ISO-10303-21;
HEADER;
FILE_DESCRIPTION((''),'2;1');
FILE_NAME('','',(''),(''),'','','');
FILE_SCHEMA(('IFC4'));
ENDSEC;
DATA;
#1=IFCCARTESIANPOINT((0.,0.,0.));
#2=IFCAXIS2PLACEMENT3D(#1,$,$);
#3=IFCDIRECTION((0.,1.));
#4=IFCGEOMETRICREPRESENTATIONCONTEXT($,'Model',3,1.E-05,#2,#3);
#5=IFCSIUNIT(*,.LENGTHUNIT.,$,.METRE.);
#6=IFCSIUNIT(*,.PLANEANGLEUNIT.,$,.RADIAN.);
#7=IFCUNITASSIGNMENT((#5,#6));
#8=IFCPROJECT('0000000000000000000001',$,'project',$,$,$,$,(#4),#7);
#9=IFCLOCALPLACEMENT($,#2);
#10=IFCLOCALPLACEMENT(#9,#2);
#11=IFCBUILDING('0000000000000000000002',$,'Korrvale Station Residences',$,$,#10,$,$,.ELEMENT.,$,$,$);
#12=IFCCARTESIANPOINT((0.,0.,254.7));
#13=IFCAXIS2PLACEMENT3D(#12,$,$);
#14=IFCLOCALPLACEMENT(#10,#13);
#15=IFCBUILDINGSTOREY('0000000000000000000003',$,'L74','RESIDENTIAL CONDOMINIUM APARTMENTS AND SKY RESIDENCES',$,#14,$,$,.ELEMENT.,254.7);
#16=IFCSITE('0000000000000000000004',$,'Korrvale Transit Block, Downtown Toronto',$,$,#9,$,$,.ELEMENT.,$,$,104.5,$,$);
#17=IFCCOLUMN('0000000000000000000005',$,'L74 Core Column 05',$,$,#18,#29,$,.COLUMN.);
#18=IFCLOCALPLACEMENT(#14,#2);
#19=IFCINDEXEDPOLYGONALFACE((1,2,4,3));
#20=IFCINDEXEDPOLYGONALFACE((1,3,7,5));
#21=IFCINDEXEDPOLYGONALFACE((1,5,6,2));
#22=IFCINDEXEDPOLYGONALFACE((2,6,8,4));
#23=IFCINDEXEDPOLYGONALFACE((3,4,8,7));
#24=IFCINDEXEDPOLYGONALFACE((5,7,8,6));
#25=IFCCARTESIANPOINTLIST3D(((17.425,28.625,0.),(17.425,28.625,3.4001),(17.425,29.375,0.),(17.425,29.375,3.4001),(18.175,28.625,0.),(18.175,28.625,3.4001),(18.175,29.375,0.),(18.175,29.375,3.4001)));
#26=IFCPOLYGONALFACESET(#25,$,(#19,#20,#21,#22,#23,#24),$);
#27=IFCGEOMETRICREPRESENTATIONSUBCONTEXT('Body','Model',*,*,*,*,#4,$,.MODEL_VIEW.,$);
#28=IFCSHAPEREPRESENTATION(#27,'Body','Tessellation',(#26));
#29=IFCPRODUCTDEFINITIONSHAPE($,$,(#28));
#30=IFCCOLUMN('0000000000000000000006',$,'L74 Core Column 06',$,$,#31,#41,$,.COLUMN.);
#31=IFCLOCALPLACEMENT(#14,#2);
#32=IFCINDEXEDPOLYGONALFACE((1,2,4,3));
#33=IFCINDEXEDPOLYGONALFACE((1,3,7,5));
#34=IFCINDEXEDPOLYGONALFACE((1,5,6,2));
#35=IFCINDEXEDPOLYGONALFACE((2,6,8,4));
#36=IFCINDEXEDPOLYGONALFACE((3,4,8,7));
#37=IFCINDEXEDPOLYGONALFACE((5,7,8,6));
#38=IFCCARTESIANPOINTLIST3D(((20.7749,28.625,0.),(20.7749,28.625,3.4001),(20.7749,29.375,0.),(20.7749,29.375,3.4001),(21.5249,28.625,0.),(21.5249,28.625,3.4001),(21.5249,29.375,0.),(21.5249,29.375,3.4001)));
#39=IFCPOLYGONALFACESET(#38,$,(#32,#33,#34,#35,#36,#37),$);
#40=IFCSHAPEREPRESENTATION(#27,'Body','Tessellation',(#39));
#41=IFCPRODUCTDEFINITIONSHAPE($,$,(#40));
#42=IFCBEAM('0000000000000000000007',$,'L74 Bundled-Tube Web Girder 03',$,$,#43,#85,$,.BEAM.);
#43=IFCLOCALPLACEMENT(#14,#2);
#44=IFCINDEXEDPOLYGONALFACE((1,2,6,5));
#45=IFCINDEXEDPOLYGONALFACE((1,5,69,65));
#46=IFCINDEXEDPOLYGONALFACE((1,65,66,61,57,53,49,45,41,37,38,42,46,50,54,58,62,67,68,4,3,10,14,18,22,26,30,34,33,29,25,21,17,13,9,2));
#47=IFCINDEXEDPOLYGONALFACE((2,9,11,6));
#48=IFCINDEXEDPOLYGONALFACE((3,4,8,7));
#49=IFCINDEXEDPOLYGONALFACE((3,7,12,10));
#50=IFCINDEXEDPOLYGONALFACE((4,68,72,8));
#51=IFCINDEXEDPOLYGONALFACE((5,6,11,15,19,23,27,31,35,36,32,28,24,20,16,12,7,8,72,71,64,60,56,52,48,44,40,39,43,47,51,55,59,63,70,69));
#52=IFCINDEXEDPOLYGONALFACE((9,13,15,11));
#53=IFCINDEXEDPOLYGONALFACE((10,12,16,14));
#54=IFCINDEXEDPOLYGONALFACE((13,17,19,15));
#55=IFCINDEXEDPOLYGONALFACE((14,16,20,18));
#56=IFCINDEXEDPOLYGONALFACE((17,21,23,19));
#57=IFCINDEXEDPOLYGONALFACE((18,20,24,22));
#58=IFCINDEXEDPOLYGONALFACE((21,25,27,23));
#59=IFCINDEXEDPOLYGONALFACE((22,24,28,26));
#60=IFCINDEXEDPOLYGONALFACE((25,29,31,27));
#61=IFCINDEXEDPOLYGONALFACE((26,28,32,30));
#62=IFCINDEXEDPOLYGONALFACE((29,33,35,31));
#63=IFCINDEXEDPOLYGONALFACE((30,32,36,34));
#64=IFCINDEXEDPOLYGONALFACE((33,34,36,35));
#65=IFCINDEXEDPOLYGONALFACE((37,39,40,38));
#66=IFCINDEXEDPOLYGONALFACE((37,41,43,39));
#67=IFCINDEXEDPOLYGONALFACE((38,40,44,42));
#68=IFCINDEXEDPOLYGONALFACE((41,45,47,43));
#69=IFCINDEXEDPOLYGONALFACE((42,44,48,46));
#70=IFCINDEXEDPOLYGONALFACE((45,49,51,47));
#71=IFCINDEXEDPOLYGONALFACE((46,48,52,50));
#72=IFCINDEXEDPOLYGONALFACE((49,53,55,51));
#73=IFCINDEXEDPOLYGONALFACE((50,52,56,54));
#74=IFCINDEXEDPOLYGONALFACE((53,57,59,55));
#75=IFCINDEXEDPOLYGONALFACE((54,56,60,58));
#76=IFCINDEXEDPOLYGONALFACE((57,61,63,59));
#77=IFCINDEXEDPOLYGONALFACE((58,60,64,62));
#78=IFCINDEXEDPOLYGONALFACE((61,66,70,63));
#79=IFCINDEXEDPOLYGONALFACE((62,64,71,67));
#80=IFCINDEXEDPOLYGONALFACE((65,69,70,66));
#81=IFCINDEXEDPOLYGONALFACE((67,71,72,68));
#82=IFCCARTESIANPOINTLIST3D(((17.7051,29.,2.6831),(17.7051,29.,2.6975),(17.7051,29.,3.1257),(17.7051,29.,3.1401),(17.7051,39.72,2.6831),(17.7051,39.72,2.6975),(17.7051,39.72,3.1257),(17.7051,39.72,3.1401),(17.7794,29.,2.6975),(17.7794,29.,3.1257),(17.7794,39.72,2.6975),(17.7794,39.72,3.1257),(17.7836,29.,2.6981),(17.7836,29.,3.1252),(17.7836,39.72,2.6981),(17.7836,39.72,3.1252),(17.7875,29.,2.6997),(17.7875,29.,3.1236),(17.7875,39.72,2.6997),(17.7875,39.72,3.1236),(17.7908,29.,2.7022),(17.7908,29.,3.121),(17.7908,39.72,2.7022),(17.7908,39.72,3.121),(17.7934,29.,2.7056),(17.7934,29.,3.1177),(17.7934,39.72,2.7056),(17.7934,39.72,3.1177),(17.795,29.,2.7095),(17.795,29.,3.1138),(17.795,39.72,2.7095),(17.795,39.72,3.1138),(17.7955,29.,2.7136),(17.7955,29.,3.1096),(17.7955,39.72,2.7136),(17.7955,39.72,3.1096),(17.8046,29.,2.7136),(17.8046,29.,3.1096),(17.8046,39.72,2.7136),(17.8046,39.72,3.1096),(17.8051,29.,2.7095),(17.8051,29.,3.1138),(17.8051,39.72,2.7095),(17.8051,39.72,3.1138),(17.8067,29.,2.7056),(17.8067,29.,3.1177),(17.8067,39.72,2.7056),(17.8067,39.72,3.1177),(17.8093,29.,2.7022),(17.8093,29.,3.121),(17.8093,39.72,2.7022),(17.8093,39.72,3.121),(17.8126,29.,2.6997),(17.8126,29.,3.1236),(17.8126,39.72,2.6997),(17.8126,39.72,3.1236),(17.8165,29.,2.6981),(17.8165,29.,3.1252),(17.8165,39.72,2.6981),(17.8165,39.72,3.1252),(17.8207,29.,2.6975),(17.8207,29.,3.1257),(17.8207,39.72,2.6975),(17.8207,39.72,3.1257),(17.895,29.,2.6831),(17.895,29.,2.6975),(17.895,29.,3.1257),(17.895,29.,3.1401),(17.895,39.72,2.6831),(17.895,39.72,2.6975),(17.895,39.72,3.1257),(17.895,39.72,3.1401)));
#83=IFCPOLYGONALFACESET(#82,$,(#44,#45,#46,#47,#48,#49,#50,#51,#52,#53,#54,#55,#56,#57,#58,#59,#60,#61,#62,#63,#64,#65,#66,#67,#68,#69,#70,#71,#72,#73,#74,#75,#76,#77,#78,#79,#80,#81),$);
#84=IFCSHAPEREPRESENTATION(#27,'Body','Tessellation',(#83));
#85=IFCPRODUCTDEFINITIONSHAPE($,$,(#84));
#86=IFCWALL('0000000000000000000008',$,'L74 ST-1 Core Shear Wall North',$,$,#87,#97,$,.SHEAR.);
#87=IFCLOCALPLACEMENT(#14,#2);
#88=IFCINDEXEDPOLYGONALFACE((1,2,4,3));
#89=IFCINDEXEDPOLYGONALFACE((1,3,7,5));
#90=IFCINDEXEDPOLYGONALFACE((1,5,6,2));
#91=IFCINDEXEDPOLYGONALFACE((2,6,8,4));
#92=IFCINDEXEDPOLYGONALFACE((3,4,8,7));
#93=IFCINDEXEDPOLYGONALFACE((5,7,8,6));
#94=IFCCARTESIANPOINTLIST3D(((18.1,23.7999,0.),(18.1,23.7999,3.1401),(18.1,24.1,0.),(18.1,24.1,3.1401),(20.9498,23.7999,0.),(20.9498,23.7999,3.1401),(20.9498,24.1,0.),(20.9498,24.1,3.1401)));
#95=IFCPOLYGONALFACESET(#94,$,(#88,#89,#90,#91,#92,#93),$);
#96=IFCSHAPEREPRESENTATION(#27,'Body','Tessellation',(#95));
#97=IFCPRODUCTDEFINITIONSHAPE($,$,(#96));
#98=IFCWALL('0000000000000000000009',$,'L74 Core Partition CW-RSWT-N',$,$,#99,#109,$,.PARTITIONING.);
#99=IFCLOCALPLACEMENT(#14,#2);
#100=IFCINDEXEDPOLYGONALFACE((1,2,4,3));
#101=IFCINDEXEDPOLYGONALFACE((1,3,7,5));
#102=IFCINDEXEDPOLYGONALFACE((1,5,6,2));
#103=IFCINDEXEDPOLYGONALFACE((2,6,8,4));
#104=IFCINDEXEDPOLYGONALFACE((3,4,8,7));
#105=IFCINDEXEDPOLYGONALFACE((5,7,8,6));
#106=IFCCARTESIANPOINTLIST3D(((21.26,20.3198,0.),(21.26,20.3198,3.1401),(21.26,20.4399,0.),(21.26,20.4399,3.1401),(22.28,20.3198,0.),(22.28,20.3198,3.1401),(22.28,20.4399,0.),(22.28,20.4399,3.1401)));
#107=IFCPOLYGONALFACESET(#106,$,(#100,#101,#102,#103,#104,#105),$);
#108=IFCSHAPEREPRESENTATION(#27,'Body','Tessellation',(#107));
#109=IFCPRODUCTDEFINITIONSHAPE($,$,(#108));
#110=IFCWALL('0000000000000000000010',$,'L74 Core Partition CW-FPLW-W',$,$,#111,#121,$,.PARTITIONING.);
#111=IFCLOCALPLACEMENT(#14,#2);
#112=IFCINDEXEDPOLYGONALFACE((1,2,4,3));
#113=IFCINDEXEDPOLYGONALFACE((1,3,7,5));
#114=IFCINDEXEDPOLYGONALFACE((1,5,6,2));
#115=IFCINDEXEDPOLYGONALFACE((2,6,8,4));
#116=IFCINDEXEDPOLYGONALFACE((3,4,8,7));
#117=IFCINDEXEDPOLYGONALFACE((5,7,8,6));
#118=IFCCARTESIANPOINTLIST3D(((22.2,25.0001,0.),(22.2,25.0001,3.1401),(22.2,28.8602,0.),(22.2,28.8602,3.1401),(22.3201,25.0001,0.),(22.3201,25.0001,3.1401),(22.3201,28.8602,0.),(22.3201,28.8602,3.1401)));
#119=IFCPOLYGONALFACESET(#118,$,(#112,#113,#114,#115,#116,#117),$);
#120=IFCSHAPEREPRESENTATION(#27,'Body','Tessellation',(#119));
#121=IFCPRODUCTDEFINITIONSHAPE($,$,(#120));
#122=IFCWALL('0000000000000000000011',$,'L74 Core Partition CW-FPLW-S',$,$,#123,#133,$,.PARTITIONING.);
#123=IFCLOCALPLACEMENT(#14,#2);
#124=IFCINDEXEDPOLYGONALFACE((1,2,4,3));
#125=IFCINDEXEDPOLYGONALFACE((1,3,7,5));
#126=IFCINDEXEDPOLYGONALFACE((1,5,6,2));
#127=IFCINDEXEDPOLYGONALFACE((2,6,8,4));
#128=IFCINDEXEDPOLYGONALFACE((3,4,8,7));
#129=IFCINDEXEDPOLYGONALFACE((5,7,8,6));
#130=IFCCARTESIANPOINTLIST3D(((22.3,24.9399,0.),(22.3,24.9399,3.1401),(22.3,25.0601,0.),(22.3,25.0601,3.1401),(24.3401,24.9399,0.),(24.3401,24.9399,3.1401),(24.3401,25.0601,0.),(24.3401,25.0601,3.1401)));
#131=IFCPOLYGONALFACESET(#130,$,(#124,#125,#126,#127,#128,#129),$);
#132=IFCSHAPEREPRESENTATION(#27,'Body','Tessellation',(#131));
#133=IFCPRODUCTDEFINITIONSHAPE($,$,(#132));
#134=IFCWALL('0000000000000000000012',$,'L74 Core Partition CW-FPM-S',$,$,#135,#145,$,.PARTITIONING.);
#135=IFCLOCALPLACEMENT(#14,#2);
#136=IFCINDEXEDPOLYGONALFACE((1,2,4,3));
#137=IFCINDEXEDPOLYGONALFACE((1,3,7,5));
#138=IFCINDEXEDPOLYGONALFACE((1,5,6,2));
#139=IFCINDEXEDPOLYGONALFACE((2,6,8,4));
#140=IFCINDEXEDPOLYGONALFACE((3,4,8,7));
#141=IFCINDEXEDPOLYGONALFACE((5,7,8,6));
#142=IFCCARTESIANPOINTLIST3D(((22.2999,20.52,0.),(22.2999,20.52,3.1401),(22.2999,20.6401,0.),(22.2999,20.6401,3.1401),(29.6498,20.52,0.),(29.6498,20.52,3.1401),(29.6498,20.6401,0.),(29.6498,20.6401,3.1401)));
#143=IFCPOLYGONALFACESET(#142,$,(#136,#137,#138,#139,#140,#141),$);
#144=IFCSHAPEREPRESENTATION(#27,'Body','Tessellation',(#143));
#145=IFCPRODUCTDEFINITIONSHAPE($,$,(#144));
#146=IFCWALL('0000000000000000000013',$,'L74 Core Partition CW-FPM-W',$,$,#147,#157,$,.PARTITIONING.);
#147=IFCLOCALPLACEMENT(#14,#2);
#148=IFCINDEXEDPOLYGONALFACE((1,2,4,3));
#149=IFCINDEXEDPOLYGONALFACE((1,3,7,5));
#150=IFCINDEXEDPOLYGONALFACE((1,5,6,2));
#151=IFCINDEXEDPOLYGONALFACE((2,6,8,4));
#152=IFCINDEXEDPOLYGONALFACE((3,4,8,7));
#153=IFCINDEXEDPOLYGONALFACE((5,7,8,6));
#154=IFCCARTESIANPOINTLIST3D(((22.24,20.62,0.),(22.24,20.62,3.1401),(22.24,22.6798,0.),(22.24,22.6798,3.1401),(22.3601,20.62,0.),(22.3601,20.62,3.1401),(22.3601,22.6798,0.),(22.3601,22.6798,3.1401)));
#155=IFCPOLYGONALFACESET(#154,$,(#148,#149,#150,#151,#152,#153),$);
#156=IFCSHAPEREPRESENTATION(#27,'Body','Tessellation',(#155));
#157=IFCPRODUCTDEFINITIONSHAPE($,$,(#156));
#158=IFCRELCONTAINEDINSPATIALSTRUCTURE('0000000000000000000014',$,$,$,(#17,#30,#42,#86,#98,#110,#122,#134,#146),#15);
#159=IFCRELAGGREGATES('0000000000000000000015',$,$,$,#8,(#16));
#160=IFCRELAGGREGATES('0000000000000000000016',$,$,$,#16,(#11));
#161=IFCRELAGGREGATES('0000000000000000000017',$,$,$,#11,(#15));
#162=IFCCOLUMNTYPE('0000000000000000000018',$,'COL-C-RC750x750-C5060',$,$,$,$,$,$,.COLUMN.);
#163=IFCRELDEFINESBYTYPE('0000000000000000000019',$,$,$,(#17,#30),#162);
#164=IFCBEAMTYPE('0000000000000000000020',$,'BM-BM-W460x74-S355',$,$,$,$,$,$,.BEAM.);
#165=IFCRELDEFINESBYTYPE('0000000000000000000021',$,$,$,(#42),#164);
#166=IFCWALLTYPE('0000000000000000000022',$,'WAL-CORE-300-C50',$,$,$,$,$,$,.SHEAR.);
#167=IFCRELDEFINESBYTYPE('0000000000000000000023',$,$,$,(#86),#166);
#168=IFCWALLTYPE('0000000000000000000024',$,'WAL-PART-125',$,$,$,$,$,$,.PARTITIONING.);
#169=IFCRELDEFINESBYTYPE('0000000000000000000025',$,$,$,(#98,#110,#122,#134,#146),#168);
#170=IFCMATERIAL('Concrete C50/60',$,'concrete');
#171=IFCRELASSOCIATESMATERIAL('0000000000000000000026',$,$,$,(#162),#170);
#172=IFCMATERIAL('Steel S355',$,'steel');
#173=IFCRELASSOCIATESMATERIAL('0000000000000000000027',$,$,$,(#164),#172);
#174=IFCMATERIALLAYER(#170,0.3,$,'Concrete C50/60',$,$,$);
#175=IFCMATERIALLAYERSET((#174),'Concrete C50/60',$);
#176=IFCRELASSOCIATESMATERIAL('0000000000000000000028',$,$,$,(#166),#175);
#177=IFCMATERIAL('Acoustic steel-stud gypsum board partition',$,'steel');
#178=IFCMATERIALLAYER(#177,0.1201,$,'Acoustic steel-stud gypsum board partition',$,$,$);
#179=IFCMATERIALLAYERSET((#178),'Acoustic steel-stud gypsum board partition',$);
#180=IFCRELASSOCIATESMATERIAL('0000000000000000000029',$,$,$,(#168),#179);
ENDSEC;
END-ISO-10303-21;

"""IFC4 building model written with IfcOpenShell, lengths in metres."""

from ifc_helpers import new_model, si_unit, direction, frame, frame_2d, origin, origin_2d, place, context, subcontext, project, spatial, rectangle, i_section, extrude, material, layer, layer_set, material_profile, profile_set, type_object, element, save


model = new_model("IFC4")

# Units and contexts
model_context = context("Model", 3, precision=1e-05, world=origin(), true_north=direction((0.0, 1.0)))
body_context = subcontext(model_context, "Body", "Model", "MODEL_VIEW")
ifc_project = project(units=[si_unit("LENGTHUNIT", "METRE"), si_unit("PLANEANGLEUNIT", "RADIAN")], contexts=[model_context])

# Site, building, storey
site_placement = place(None, origin())
site = spatial("IfcSite", under=ifc_project, at=site_placement, Name="Korrvale Transit Block, Downtown Toronto", CompositionType="ELEMENT", RefElevation=104.5)
building_placement = place(site_placement, origin())
building = spatial("IfcBuilding", under=site, at=building_placement, Name="Korrvale Station Residences", CompositionType="ELEMENT")
storey_placement = place(building_placement, frame((0.0, 0.0, 254.7)))
storey = spatial("IfcBuildingStorey", under=building, at=storey_placement, Name="L74", Description="RESIDENTIAL CONDOMINIUM APARTMENTS AND SKY RESIDENCES", CompositionType="ELEMENT", Elevation=254.7)

# Columns
ifc_material_1 = material(Name="Concrete C50/60", Category="concrete")
ifc_material_profile_1 = material_profile(ifc_material_1, rectangle(XDim=0.75, YDim=0.75, at=origin_2d()), Name="RC750x750")
ifc_profile_set_1 = profile_set([ifc_material_profile_1], Name="Concrete C50/60")
column_type = type_object("IfcColumnType", Name="COL-C-RC750x750-C5060", PredefinedType="COLUMN", material=ifc_profile_set_1)
for number, where, z_axis, x_axis, name in (
    (1, (17.8, 29.0, 0.0), (0.0, 0.0, 1.0), (1.0, 0.0, 0.0), "L74 Core Column 05"),
    (2, (21.1499, 29.0, 0.0), (0.0, 0.0, 1.0), (1.0, 0.0, 0.0), "L74 Core Column 06"),
):
    element("IfcColumn", number, at=place(storey_placement, frame(where, z_axis=z_axis, x_axis=x_axis)), inside=storey, type_object=column_type, Name=name, PredefinedType="COLUMN", context=body_context, shape_type="SweptSolid", body=[
        extrude(rectangle(XDim=0.75, YDim=0.75, at=origin_2d()), origin(), (0.0, 0.0, 1.0), 3.4001),
    ])

# Beam
ifc_material_2 = material(Name="Steel S355", Category="steel")
ifc_material_profile_2 = material_profile(ifc_material_2, i_section(OverallWidth=0.1899, OverallDepth=0.457, WebThickness=0.009, FlangeThickness=0.0144, FilletRadius=0.0161, at=origin_2d()), Name="W460x74")
ifc_profile_set_2 = profile_set([ifc_material_profile_2], Name="Steel S355")
beam_type = type_object("IfcBeamType", Name="BM-BM-W460x74-S355", PredefinedType="BEAM", material=ifc_profile_set_2)
beam_placement = place(storey_placement, frame((17.8, 29.0, 2.9116), z_axis=(0.0, 1.0, 0.0), x_axis=(-1.0, 0.0, 0.0)))
element("IfcBeam", 3, at=beam_placement, inside=storey, type_object=beam_type, Name="L74 Bundled-Tube Web Girder 03", PredefinedType="BEAM", context=body_context, shape_type="SweptSolid", body=[
    extrude(i_section(OverallWidth=0.1899, OverallDepth=0.457, WebThickness=0.009, FlangeThickness=0.0144, FilletRadius=0.0161, at=origin_2d()), origin(), (0.0, 0.0, 1.0), 10.72),
])

# Walls
ifc_layer_1 = layer(ifc_material_1, 0.3, Name="Concrete C50/60")
ifc_layer_set_1 = layer_set([ifc_layer_1], Name="Concrete C50/60")
wall_type_1 = type_object("IfcWallType", Name="WAL-CORE-300-C50", PredefinedType="SHEAR", material=ifc_layer_set_1)
wall_1_placement = place(storey_placement, frame((18.1001, 23.95, 0.0), z_axis=(0.0, 0.0, 1.0), x_axis=(1.0, 0.0, 0.0)))
element("IfcWall", 4, at=wall_1_placement, inside=storey, type_object=wall_type_1, Name="L74 ST-1 Core Shear Wall North", PredefinedType="SHEAR", context=body_context, shape_type="SweptSolid", body=[
    extrude(rectangle(XDim=2.8499, YDim=0.3, at=frame_2d((1.4248, 0.0))), origin(), (0.0, 0.0, 1.0), 3.1401),
])
ifc_material_3 = material(Name="Acoustic steel-stud gypsum board partition", Category="steel")
ifc_layer_2 = layer(ifc_material_3, 0.1201, Name="Acoustic steel-stud gypsum board partition")
ifc_layer_set_2 = layer_set([ifc_layer_2], Name="Acoustic steel-stud gypsum board partition")
wall_type_2 = type_object("IfcWallType", Name="WAL-PART-125", PredefinedType="PARTITIONING", material=ifc_layer_set_2)
wall_2_placement = place(storey_placement, frame((22.28, 20.3799, 0.0), z_axis=(0.0, 0.0, 1.0), x_axis=(-1.0, 0.0, 0.0)))
element("IfcWall", 5, at=wall_2_placement, inside=storey, type_object=wall_type_2, Name="L74 Core Partition CW-RSWT-N", PredefinedType="PARTITIONING", context=body_context, shape_type="SweptSolid", body=[
    extrude(rectangle(XDim=1.02, YDim=0.1201, at=frame_2d((0.51, 0.0))), origin(), (0.0, 0.0, 1.0), 3.1401),
])
wall_3_placement = place(storey_placement, frame((22.26, 25.0, 0.0), z_axis=(0.0, 0.0, 1.0), x_axis=(0.0, 1.0, 0.0)))
element("IfcWall", 6, at=wall_3_placement, inside=storey, type_object=wall_type_2, Name="L74 Core Partition CW-FPLW-W", PredefinedType="PARTITIONING", context=body_context, shape_type="SweptSolid", body=[
    extrude(rectangle(XDim=3.8601, YDim=0.1201, at=frame_2d((1.9302, 0.0))), origin(), (0.0, 0.0, 1.0), 3.1401),
])
wall_4_placement = place(storey_placement, frame((22.3, 25.0, 0.0), z_axis=(0.0, 0.0, 1.0), x_axis=(1.0, 0.0, 0.0)))
element("IfcWall", 7, at=wall_4_placement, inside=storey, type_object=wall_type_2, Name="L74 Core Partition CW-FPLW-S", PredefinedType="PARTITIONING", context=body_context, shape_type="SweptSolid", body=[
    extrude(rectangle(XDim=2.04, YDim=0.1201, at=frame_2d((1.02, 0.0))), origin(), (0.0, 0.0, 1.0), 3.1401),
])
wall_5_placement = place(storey_placement, frame((22.3, 20.5801, 0.0), z_axis=(0.0, 0.0, 1.0), x_axis=(1.0, 0.0, 0.0)))
element("IfcWall", 8, at=wall_5_placement, inside=storey, type_object=wall_type_2, Name="L74 Core Partition CW-FPM-S", PredefinedType="PARTITIONING", context=body_context, shape_type="SweptSolid", body=[
    extrude(rectangle(XDim=7.3499, YDim=0.1201, at=frame_2d((3.6748, 0.0))), origin(), (0.0, 0.0, 1.0), 3.1401),
])
wall_6_placement = place(storey_placement, frame((22.3, 20.6201, 0.0), z_axis=(0.0, 0.0, 1.0), x_axis=(0.0, 1.0, 0.0)))
element("IfcWall", 9, at=wall_6_placement, inside=storey, type_object=wall_type_2, Name="L74 Core Partition CW-FPM-W", PredefinedType="PARTITIONING", context=body_context, shape_type="SweptSolid", body=[
    extrude(rectangle(XDim=2.0598, YDim=0.1201, at=frame_2d((1.0298, 0.0))), origin(), (0.0, 0.0, 1.0), 3.1401),
])

save(model, "model.ifc")
